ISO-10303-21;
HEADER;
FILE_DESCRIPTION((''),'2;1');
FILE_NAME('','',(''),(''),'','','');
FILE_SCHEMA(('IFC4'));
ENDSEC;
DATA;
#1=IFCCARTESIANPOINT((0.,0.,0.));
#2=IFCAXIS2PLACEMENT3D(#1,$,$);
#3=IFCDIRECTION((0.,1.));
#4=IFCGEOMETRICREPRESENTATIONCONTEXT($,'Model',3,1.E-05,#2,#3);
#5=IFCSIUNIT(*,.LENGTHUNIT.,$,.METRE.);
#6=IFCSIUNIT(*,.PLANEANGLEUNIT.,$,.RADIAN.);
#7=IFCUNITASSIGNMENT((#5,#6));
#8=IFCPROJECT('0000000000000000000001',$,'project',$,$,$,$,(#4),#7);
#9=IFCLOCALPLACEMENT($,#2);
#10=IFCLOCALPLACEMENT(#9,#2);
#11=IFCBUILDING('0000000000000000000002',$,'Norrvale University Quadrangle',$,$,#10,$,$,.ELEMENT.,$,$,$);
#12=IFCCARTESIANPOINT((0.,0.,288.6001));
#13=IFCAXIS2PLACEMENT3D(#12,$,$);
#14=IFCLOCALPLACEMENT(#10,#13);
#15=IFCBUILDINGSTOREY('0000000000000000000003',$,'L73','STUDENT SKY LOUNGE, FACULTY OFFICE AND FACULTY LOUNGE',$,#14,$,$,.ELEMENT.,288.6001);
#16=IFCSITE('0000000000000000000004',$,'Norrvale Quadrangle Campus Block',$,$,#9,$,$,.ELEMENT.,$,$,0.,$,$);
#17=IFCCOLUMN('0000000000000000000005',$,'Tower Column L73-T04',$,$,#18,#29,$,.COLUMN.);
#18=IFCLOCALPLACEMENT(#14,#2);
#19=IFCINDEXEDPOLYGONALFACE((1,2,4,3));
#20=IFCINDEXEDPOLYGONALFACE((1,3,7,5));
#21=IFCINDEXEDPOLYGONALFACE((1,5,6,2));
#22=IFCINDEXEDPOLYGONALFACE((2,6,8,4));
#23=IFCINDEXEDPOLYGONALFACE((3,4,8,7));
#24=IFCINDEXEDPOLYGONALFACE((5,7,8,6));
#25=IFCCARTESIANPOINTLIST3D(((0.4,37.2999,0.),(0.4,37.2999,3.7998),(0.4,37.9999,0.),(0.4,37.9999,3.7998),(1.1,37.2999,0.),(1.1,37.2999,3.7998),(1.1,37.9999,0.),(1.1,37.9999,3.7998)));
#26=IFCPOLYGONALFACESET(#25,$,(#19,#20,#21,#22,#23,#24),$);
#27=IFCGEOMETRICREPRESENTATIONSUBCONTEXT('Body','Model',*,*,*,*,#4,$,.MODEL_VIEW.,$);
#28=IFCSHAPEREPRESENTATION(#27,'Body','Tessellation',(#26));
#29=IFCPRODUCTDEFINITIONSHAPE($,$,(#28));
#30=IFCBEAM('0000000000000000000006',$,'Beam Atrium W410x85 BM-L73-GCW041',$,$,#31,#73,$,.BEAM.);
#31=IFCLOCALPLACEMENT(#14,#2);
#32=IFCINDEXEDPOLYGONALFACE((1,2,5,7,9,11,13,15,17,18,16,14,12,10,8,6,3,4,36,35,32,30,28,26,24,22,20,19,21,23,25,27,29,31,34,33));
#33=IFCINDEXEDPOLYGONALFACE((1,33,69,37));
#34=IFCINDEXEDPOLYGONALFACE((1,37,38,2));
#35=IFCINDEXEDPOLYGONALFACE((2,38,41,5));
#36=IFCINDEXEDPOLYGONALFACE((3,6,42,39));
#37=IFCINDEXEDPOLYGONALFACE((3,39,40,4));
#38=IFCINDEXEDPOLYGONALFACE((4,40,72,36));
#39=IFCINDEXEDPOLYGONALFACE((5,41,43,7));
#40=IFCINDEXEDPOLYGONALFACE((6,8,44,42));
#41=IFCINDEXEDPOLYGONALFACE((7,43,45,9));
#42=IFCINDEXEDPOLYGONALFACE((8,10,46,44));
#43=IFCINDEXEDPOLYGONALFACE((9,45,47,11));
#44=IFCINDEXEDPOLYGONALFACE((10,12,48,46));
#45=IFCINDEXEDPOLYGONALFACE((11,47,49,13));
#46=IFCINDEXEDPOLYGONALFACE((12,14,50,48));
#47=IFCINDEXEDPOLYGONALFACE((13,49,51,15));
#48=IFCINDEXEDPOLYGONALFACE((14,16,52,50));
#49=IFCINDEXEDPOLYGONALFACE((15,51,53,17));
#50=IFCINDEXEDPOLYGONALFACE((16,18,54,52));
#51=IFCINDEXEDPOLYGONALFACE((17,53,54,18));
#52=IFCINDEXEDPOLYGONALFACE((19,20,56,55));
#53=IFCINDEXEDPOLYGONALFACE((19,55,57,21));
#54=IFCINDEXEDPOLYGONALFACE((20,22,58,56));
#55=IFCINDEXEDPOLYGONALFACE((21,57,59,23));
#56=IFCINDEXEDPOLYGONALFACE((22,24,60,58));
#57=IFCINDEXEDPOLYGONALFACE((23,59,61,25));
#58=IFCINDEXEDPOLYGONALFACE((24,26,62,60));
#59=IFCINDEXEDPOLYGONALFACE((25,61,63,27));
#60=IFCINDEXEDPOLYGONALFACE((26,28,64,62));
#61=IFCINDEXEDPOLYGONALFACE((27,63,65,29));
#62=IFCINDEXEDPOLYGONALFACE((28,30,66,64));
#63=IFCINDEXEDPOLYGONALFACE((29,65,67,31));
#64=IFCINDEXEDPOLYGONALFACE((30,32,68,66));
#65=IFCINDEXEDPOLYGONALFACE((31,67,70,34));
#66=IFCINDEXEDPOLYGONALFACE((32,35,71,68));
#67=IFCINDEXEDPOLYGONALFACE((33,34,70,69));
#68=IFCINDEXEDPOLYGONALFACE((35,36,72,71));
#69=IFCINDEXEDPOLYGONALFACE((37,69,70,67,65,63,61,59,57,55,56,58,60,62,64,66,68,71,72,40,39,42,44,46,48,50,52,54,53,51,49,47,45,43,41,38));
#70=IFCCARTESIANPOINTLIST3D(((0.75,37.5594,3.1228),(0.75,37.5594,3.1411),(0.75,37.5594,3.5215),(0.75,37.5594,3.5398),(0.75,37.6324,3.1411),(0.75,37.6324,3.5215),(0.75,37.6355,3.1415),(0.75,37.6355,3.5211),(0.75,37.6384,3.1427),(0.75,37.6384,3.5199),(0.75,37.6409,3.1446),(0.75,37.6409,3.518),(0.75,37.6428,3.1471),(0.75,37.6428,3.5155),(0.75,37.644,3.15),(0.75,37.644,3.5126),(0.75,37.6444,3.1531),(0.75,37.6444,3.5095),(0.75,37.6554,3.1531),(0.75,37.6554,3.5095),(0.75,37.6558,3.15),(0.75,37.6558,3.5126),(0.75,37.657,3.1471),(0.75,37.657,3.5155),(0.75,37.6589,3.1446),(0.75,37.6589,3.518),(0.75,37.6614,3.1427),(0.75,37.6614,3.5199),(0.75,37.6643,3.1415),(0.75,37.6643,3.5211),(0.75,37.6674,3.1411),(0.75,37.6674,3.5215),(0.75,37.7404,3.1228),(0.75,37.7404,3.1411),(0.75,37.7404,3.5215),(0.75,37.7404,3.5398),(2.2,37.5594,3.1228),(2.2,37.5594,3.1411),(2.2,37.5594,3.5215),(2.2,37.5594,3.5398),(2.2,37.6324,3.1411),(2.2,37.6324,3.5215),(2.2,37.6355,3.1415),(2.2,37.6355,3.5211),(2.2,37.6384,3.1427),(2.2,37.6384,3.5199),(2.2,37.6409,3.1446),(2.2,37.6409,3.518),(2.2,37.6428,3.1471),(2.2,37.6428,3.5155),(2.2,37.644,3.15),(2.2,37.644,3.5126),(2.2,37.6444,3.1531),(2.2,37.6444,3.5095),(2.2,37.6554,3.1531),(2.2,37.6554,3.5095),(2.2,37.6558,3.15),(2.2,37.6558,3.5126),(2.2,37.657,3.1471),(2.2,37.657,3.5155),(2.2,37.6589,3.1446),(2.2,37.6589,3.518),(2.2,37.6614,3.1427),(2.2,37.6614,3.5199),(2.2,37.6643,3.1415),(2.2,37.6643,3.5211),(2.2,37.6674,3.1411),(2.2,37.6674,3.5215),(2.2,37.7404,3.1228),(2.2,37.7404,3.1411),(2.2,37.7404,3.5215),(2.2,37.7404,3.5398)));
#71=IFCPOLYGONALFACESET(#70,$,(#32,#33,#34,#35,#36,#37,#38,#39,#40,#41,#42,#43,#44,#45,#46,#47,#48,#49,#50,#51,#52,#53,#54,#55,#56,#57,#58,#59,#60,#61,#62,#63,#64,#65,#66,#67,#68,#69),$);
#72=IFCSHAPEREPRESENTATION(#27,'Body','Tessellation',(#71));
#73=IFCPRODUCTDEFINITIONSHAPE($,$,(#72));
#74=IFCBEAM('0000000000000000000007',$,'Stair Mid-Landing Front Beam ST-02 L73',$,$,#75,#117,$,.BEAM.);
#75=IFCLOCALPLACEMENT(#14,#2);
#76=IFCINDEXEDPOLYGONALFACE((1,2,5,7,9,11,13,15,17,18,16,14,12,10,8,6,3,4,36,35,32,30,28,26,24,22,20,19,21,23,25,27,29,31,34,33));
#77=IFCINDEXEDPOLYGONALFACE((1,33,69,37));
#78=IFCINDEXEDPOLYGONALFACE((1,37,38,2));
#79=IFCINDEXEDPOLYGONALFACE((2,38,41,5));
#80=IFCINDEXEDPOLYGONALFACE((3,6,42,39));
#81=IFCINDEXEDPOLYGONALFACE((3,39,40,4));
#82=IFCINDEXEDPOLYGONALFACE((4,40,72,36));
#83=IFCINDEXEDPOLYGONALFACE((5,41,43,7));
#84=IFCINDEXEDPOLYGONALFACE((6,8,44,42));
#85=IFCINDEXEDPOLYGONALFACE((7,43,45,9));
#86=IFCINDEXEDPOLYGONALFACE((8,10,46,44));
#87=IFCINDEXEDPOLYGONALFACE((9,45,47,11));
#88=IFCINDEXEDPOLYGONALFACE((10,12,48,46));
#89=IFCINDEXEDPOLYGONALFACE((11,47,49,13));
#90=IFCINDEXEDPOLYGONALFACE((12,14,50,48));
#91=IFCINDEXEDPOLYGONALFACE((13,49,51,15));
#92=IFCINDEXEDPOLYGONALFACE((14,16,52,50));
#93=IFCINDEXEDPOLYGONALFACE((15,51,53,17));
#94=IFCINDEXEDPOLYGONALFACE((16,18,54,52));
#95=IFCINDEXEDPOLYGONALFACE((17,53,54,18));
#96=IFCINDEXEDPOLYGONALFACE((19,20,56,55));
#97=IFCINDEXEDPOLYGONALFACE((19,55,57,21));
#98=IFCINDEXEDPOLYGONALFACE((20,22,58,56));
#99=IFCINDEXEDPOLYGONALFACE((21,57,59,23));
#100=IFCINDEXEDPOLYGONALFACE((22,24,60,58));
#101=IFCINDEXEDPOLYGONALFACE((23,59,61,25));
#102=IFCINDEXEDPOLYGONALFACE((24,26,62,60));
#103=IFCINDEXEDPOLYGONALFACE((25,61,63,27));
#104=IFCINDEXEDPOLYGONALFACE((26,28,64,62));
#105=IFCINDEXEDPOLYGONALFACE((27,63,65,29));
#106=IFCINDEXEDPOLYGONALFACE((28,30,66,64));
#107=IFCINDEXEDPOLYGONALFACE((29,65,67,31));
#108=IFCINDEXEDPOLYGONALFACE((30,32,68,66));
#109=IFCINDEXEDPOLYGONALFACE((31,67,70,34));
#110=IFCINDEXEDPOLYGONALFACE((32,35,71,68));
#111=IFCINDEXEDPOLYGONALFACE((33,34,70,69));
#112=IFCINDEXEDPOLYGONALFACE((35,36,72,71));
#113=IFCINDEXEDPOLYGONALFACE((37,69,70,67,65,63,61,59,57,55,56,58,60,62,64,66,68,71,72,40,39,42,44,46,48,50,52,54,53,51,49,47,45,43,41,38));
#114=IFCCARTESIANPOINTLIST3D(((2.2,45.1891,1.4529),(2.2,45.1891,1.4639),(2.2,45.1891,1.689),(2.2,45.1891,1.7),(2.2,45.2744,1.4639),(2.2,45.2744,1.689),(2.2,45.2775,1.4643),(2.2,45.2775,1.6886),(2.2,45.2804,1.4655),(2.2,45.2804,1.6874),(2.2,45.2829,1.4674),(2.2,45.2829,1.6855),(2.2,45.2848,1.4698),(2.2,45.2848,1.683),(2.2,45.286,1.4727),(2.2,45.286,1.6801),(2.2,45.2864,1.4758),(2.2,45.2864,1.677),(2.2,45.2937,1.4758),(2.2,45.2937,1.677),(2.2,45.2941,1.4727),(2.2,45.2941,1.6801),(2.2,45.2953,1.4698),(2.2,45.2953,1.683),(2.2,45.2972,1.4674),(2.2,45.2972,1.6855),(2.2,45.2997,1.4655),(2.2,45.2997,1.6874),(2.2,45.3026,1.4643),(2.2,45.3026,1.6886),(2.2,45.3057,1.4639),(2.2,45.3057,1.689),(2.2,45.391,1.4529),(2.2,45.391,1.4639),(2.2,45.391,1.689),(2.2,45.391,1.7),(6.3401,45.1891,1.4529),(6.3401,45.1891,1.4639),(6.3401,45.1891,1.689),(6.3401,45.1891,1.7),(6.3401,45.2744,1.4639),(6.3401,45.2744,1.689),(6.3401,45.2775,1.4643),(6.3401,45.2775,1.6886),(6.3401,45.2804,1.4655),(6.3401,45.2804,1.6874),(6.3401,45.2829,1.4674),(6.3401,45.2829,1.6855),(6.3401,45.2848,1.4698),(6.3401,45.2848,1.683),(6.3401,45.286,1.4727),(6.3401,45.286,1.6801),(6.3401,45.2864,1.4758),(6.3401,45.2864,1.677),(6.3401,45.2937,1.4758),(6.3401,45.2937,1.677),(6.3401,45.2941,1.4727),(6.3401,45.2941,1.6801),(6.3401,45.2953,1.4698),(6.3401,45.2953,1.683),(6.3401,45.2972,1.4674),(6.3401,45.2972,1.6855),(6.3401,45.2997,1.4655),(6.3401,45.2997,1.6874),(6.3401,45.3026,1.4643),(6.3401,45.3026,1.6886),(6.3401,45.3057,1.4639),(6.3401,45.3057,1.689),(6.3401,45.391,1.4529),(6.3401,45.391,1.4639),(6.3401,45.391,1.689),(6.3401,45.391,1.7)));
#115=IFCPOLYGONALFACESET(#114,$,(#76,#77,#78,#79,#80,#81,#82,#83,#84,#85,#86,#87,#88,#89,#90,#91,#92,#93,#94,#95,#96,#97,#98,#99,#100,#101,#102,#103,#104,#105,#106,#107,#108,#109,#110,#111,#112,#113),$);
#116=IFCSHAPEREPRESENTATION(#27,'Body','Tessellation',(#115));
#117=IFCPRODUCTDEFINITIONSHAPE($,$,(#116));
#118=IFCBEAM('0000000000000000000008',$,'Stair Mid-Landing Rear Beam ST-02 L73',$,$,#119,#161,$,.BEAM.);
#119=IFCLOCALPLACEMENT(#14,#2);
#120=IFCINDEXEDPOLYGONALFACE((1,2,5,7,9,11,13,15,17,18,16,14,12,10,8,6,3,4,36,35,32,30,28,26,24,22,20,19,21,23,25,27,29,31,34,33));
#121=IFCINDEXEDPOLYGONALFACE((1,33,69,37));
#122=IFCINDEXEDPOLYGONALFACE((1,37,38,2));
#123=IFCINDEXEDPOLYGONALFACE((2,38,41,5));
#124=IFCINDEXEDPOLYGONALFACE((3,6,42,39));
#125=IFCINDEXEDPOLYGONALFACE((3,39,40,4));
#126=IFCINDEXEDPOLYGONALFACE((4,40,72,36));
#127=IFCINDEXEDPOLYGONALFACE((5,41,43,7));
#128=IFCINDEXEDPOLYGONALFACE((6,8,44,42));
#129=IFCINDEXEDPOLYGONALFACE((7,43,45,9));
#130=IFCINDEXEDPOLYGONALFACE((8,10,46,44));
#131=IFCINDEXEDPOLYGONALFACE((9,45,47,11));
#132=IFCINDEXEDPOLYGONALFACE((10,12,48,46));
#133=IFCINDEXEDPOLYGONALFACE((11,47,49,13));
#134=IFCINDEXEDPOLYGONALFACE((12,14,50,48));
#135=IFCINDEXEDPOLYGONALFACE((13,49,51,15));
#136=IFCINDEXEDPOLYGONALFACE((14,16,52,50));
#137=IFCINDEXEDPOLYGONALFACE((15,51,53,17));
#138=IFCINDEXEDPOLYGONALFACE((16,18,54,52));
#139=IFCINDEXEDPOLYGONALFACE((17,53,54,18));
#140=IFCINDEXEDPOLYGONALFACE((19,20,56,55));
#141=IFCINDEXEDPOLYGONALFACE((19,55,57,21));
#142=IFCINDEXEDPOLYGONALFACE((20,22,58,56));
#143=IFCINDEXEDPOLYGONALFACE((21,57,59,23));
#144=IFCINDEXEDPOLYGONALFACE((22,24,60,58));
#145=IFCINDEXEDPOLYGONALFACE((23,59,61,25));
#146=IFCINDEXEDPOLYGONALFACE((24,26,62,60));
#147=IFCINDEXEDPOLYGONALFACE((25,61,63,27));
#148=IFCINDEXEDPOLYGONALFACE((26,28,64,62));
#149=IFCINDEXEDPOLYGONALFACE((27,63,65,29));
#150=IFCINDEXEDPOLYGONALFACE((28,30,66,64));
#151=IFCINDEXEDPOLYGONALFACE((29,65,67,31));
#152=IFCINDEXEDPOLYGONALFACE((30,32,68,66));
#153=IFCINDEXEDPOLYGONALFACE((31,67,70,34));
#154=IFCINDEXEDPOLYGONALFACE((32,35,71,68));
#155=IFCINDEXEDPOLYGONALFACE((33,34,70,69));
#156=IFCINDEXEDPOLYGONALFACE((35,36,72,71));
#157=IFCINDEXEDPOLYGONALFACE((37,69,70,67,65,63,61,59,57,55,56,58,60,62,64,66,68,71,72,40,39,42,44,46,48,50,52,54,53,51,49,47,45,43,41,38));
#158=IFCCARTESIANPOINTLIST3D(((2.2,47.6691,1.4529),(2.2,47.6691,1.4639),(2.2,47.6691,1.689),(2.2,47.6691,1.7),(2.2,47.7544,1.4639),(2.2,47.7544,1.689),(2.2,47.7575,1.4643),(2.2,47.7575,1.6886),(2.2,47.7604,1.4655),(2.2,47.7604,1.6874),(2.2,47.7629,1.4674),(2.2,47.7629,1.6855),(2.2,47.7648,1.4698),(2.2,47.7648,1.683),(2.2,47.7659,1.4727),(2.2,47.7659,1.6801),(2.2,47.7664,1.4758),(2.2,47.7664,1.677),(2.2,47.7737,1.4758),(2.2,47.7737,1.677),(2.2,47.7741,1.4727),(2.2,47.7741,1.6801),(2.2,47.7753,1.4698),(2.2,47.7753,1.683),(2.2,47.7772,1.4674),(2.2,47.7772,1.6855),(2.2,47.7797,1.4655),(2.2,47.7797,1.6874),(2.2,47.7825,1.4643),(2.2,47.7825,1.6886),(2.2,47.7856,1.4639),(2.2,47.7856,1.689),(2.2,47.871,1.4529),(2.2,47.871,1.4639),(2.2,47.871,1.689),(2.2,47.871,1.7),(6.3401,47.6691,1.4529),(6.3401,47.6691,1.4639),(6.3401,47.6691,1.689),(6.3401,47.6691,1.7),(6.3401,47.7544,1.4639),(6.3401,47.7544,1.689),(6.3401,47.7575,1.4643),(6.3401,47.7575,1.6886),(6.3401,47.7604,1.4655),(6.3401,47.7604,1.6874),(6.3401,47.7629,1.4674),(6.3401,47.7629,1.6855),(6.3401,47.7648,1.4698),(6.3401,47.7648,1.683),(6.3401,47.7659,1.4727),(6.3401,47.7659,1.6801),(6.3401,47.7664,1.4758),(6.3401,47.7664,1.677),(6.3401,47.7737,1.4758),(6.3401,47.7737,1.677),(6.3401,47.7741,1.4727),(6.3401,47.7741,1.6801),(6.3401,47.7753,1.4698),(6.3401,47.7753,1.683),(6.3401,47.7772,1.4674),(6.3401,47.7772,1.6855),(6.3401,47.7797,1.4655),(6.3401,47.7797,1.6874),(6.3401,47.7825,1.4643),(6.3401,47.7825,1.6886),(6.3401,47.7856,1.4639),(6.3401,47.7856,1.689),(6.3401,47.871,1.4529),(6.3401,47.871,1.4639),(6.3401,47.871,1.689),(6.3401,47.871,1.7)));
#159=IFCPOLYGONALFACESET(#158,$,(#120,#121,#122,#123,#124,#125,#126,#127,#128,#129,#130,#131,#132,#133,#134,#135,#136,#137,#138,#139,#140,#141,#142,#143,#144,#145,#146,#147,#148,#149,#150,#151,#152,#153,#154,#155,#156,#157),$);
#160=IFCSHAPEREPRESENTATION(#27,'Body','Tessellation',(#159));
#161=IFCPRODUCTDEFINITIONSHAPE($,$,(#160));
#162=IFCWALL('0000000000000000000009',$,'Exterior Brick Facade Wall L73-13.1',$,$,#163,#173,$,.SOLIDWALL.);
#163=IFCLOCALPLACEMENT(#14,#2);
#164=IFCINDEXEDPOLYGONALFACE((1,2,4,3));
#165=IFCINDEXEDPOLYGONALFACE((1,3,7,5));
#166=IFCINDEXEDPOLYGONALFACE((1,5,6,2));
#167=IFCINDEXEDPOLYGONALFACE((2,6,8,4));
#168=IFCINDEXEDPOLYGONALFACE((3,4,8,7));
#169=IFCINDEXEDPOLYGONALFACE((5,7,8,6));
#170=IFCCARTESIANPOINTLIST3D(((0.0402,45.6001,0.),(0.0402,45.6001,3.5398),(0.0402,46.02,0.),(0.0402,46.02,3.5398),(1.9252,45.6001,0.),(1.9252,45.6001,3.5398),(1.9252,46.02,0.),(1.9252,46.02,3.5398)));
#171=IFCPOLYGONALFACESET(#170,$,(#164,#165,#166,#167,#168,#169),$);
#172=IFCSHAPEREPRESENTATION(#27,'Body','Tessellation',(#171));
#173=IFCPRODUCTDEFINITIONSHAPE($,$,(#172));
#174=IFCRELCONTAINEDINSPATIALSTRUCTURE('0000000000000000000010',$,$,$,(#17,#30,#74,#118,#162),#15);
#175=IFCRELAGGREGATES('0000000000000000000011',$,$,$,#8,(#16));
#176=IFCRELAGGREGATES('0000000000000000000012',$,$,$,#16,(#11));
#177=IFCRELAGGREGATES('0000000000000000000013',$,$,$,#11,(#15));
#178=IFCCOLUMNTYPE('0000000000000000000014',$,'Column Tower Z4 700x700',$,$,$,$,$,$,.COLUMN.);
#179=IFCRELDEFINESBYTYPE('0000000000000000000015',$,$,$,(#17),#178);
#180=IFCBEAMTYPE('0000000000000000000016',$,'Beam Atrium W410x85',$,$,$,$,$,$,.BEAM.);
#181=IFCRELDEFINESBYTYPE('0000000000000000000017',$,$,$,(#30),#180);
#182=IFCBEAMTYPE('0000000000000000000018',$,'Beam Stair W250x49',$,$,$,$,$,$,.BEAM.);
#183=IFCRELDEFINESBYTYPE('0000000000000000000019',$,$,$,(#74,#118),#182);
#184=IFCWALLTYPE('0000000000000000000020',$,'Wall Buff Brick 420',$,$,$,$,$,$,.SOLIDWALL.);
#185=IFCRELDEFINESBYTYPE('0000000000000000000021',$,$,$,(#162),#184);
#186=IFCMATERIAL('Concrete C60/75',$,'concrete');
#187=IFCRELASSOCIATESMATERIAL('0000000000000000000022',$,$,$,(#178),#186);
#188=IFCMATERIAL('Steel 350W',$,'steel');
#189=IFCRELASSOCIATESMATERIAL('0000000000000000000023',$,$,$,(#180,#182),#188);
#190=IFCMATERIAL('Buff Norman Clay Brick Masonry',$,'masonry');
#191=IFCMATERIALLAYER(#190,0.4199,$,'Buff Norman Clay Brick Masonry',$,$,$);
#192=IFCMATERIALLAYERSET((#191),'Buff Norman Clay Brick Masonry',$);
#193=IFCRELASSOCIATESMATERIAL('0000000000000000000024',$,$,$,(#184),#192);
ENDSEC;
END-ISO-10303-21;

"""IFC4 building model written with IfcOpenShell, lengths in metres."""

from ifc_helpers import new_model, si_unit, direction, frame, frame_2d, origin, origin_2d, place, context, subcontext, project, spatial, rectangle, i_section, extrude, material, layer, layer_set, material_profile, profile_set, type_object, element, save


model = new_model("IFC4")

# Units and contexts
model_context = context("Model", 3, precision=1e-05, world=origin(), true_north=direction((0.0, 1.0)))
body_context = subcontext(model_context, "Body", "Model", "MODEL_VIEW")
ifc_project = project(units=[si_unit("LENGTHUNIT", "METRE"), si_unit("PLANEANGLEUNIT", "RADIAN")], contexts=[model_context])

# Site, building, storey
site_placement = place(None, origin())
site = spatial("IfcSite", under=ifc_project, at=site_placement, Name="Norrvale Quadrangle Campus Block", CompositionType="ELEMENT", RefElevation=0.0)
building_placement = place(site_placement, origin())
building = spatial("IfcBuilding", under=site, at=building_placement, Name="Norrvale University Quadrangle", CompositionType="ELEMENT")
storey_placement = place(building_placement, frame((0.0, 0.0, 288.6001)))
storey = spatial("IfcBuildingStorey", under=building, at=storey_placement, Name="L73", Description="STUDENT SKY LOUNGE, FACULTY OFFICE AND FACULTY LOUNGE", CompositionType="ELEMENT", Elevation=288.6001)

# Column
ifc_material_1 = material(Name="Concrete C60/75", Category="concrete")
ifc_material_profile_1 = material_profile(ifc_material_1, rectangle(XDim=0.7, YDim=0.7, at=origin_2d()), Name="Concrete C60/75")
ifc_profile_set_1 = profile_set([ifc_material_profile_1], Name="Concrete C60/75")
column_type = type_object("IfcColumnType", Name="Column Tower Z4 700x700", PredefinedType="COLUMN", material=ifc_profile_set_1)
column_placement = place(storey_placement, frame((0.75, 37.6499, 0.0), z_axis=(0.0, 0.0, 1.0), x_axis=(1.0, 0.0, 0.0)))
element("IfcColumn", 1, at=column_placement, inside=storey, type_object=column_type, Name="Tower Column L73-T04", PredefinedType="COLUMN", context=body_context, shape_type="SweptSolid", body=[
    extrude(rectangle(XDim=0.7, YDim=0.7, at=origin_2d()), origin(), (0.0, 0.0, 1.0), 3.7998),
])

# Beams
ifc_material_2 = material(Name="Steel 350W", Category="steel")
ifc_material_profile_2 = material_profile(ifc_material_2, i_section(OverallWidth=0.1809, OverallDepth=0.417, WebThickness=0.011, FlangeThickness=0.0183, FilletRadius=0.012, at=origin_2d()), Name="Steel 350W")
ifc_profile_set_2 = profile_set([ifc_material_profile_2], Name="Steel 350W")
beam_type_1 = type_object("IfcBeamType", Name="Beam Atrium W410x85", PredefinedType="BEAM", material=ifc_profile_set_2)
beam_placement = place(storey_placement, frame((0.75, 37.6499, 3.3313), z_axis=(1.0, 0.0, 0.0), x_axis=(0.0, 1.0, 0.0)))
element("IfcBeam", 2, at=beam_placement, inside=storey, type_object=beam_type_1, Name="Beam Atrium W410x85 BM-L73-GCW041", PredefinedType="BEAM", context=body_context, shape_type="SweptSolid", body=[
    extrude(i_section(OverallWidth=0.1809, OverallDepth=0.417, WebThickness=0.011, FlangeThickness=0.0183, FilletRadius=0.012, at=origin_2d()), origin(), (0.0, 0.0, 1.0), 1.45),
])
ifc_material_profile_3 = material_profile(ifc_material_2, i_section(OverallWidth=0.2019, OverallDepth=0.2471, WebThickness=0.0073, FlangeThickness=0.011, FilletRadius=0.012, at=origin_2d()), Name="Steel 350W")
ifc_profile_set_3 = profile_set([ifc_material_profile_3], Name="Steel 350W")
beam_type_2 = type_object("IfcBeamType", Name="Beam Stair W250x49", PredefinedType="BEAM", material=ifc_profile_set_3)
for number, where, z_axis, x_axis, name in (
    (3, (2.2, 45.29, 1.5764), (1.0, 0.0, 0.0), (0.0, 1.0, 0.0), "Stair Mid-Landing Front Beam ST-02 L73"),
    (4, (2.2, 47.77, 1.5764), (1.0, 0.0, 0.0), (0.0, 1.0, 0.0), "Stair Mid-Landing Rear Beam ST-02 L73"),
):
    element("IfcBeam", number, at=place(storey_placement, frame(where, z_axis=z_axis, x_axis=x_axis)), inside=storey, type_object=beam_type_2, Name=name, PredefinedType="BEAM", context=body_context, shape_type="SweptSolid", body=[
        extrude(i_section(OverallWidth=0.2019, OverallDepth=0.2471, WebThickness=0.0073, FlangeThickness=0.011, FilletRadius=0.012, at=origin_2d()), origin(), (0.0, 0.0, 1.0), 4.1401),
    ])

# Wall
ifc_material_3 = material(Name="Buff Norman Clay Brick Masonry", Category="masonry")
ifc_layer_1 = layer(ifc_material_3, 0.4199, Name="Buff Norman Clay Brick Masonry")
ifc_layer_set_1 = layer_set([ifc_layer_1], Name="Buff Norman Clay Brick Masonry")
wall_type_1 = type_object("IfcWallType", Name="Wall Buff Brick 420", PredefinedType="SOLIDWALL", material=ifc_layer_set_1)
wall_1_placement = place(storey_placement, frame((1.925, 45.8101, 0.0), z_axis=(0.0, 0.0, 1.0), x_axis=(-1.0, 0.0, 0.0)))
element("IfcWall", 5, at=wall_1_placement, inside=storey, type_object=wall_type_1, Name="Exterior Brick Facade Wall L73-13.1", PredefinedType="SOLIDWALL", context=body_context, shape_type="SweptSolid", body=[
    extrude(rectangle(XDim=1.885, YDim=0.4199, at=frame_2d((0.9424, 0.0))), origin(), (0.0, 0.0, 1.0), 3.5398),
])

save(model, "model.ifc")
